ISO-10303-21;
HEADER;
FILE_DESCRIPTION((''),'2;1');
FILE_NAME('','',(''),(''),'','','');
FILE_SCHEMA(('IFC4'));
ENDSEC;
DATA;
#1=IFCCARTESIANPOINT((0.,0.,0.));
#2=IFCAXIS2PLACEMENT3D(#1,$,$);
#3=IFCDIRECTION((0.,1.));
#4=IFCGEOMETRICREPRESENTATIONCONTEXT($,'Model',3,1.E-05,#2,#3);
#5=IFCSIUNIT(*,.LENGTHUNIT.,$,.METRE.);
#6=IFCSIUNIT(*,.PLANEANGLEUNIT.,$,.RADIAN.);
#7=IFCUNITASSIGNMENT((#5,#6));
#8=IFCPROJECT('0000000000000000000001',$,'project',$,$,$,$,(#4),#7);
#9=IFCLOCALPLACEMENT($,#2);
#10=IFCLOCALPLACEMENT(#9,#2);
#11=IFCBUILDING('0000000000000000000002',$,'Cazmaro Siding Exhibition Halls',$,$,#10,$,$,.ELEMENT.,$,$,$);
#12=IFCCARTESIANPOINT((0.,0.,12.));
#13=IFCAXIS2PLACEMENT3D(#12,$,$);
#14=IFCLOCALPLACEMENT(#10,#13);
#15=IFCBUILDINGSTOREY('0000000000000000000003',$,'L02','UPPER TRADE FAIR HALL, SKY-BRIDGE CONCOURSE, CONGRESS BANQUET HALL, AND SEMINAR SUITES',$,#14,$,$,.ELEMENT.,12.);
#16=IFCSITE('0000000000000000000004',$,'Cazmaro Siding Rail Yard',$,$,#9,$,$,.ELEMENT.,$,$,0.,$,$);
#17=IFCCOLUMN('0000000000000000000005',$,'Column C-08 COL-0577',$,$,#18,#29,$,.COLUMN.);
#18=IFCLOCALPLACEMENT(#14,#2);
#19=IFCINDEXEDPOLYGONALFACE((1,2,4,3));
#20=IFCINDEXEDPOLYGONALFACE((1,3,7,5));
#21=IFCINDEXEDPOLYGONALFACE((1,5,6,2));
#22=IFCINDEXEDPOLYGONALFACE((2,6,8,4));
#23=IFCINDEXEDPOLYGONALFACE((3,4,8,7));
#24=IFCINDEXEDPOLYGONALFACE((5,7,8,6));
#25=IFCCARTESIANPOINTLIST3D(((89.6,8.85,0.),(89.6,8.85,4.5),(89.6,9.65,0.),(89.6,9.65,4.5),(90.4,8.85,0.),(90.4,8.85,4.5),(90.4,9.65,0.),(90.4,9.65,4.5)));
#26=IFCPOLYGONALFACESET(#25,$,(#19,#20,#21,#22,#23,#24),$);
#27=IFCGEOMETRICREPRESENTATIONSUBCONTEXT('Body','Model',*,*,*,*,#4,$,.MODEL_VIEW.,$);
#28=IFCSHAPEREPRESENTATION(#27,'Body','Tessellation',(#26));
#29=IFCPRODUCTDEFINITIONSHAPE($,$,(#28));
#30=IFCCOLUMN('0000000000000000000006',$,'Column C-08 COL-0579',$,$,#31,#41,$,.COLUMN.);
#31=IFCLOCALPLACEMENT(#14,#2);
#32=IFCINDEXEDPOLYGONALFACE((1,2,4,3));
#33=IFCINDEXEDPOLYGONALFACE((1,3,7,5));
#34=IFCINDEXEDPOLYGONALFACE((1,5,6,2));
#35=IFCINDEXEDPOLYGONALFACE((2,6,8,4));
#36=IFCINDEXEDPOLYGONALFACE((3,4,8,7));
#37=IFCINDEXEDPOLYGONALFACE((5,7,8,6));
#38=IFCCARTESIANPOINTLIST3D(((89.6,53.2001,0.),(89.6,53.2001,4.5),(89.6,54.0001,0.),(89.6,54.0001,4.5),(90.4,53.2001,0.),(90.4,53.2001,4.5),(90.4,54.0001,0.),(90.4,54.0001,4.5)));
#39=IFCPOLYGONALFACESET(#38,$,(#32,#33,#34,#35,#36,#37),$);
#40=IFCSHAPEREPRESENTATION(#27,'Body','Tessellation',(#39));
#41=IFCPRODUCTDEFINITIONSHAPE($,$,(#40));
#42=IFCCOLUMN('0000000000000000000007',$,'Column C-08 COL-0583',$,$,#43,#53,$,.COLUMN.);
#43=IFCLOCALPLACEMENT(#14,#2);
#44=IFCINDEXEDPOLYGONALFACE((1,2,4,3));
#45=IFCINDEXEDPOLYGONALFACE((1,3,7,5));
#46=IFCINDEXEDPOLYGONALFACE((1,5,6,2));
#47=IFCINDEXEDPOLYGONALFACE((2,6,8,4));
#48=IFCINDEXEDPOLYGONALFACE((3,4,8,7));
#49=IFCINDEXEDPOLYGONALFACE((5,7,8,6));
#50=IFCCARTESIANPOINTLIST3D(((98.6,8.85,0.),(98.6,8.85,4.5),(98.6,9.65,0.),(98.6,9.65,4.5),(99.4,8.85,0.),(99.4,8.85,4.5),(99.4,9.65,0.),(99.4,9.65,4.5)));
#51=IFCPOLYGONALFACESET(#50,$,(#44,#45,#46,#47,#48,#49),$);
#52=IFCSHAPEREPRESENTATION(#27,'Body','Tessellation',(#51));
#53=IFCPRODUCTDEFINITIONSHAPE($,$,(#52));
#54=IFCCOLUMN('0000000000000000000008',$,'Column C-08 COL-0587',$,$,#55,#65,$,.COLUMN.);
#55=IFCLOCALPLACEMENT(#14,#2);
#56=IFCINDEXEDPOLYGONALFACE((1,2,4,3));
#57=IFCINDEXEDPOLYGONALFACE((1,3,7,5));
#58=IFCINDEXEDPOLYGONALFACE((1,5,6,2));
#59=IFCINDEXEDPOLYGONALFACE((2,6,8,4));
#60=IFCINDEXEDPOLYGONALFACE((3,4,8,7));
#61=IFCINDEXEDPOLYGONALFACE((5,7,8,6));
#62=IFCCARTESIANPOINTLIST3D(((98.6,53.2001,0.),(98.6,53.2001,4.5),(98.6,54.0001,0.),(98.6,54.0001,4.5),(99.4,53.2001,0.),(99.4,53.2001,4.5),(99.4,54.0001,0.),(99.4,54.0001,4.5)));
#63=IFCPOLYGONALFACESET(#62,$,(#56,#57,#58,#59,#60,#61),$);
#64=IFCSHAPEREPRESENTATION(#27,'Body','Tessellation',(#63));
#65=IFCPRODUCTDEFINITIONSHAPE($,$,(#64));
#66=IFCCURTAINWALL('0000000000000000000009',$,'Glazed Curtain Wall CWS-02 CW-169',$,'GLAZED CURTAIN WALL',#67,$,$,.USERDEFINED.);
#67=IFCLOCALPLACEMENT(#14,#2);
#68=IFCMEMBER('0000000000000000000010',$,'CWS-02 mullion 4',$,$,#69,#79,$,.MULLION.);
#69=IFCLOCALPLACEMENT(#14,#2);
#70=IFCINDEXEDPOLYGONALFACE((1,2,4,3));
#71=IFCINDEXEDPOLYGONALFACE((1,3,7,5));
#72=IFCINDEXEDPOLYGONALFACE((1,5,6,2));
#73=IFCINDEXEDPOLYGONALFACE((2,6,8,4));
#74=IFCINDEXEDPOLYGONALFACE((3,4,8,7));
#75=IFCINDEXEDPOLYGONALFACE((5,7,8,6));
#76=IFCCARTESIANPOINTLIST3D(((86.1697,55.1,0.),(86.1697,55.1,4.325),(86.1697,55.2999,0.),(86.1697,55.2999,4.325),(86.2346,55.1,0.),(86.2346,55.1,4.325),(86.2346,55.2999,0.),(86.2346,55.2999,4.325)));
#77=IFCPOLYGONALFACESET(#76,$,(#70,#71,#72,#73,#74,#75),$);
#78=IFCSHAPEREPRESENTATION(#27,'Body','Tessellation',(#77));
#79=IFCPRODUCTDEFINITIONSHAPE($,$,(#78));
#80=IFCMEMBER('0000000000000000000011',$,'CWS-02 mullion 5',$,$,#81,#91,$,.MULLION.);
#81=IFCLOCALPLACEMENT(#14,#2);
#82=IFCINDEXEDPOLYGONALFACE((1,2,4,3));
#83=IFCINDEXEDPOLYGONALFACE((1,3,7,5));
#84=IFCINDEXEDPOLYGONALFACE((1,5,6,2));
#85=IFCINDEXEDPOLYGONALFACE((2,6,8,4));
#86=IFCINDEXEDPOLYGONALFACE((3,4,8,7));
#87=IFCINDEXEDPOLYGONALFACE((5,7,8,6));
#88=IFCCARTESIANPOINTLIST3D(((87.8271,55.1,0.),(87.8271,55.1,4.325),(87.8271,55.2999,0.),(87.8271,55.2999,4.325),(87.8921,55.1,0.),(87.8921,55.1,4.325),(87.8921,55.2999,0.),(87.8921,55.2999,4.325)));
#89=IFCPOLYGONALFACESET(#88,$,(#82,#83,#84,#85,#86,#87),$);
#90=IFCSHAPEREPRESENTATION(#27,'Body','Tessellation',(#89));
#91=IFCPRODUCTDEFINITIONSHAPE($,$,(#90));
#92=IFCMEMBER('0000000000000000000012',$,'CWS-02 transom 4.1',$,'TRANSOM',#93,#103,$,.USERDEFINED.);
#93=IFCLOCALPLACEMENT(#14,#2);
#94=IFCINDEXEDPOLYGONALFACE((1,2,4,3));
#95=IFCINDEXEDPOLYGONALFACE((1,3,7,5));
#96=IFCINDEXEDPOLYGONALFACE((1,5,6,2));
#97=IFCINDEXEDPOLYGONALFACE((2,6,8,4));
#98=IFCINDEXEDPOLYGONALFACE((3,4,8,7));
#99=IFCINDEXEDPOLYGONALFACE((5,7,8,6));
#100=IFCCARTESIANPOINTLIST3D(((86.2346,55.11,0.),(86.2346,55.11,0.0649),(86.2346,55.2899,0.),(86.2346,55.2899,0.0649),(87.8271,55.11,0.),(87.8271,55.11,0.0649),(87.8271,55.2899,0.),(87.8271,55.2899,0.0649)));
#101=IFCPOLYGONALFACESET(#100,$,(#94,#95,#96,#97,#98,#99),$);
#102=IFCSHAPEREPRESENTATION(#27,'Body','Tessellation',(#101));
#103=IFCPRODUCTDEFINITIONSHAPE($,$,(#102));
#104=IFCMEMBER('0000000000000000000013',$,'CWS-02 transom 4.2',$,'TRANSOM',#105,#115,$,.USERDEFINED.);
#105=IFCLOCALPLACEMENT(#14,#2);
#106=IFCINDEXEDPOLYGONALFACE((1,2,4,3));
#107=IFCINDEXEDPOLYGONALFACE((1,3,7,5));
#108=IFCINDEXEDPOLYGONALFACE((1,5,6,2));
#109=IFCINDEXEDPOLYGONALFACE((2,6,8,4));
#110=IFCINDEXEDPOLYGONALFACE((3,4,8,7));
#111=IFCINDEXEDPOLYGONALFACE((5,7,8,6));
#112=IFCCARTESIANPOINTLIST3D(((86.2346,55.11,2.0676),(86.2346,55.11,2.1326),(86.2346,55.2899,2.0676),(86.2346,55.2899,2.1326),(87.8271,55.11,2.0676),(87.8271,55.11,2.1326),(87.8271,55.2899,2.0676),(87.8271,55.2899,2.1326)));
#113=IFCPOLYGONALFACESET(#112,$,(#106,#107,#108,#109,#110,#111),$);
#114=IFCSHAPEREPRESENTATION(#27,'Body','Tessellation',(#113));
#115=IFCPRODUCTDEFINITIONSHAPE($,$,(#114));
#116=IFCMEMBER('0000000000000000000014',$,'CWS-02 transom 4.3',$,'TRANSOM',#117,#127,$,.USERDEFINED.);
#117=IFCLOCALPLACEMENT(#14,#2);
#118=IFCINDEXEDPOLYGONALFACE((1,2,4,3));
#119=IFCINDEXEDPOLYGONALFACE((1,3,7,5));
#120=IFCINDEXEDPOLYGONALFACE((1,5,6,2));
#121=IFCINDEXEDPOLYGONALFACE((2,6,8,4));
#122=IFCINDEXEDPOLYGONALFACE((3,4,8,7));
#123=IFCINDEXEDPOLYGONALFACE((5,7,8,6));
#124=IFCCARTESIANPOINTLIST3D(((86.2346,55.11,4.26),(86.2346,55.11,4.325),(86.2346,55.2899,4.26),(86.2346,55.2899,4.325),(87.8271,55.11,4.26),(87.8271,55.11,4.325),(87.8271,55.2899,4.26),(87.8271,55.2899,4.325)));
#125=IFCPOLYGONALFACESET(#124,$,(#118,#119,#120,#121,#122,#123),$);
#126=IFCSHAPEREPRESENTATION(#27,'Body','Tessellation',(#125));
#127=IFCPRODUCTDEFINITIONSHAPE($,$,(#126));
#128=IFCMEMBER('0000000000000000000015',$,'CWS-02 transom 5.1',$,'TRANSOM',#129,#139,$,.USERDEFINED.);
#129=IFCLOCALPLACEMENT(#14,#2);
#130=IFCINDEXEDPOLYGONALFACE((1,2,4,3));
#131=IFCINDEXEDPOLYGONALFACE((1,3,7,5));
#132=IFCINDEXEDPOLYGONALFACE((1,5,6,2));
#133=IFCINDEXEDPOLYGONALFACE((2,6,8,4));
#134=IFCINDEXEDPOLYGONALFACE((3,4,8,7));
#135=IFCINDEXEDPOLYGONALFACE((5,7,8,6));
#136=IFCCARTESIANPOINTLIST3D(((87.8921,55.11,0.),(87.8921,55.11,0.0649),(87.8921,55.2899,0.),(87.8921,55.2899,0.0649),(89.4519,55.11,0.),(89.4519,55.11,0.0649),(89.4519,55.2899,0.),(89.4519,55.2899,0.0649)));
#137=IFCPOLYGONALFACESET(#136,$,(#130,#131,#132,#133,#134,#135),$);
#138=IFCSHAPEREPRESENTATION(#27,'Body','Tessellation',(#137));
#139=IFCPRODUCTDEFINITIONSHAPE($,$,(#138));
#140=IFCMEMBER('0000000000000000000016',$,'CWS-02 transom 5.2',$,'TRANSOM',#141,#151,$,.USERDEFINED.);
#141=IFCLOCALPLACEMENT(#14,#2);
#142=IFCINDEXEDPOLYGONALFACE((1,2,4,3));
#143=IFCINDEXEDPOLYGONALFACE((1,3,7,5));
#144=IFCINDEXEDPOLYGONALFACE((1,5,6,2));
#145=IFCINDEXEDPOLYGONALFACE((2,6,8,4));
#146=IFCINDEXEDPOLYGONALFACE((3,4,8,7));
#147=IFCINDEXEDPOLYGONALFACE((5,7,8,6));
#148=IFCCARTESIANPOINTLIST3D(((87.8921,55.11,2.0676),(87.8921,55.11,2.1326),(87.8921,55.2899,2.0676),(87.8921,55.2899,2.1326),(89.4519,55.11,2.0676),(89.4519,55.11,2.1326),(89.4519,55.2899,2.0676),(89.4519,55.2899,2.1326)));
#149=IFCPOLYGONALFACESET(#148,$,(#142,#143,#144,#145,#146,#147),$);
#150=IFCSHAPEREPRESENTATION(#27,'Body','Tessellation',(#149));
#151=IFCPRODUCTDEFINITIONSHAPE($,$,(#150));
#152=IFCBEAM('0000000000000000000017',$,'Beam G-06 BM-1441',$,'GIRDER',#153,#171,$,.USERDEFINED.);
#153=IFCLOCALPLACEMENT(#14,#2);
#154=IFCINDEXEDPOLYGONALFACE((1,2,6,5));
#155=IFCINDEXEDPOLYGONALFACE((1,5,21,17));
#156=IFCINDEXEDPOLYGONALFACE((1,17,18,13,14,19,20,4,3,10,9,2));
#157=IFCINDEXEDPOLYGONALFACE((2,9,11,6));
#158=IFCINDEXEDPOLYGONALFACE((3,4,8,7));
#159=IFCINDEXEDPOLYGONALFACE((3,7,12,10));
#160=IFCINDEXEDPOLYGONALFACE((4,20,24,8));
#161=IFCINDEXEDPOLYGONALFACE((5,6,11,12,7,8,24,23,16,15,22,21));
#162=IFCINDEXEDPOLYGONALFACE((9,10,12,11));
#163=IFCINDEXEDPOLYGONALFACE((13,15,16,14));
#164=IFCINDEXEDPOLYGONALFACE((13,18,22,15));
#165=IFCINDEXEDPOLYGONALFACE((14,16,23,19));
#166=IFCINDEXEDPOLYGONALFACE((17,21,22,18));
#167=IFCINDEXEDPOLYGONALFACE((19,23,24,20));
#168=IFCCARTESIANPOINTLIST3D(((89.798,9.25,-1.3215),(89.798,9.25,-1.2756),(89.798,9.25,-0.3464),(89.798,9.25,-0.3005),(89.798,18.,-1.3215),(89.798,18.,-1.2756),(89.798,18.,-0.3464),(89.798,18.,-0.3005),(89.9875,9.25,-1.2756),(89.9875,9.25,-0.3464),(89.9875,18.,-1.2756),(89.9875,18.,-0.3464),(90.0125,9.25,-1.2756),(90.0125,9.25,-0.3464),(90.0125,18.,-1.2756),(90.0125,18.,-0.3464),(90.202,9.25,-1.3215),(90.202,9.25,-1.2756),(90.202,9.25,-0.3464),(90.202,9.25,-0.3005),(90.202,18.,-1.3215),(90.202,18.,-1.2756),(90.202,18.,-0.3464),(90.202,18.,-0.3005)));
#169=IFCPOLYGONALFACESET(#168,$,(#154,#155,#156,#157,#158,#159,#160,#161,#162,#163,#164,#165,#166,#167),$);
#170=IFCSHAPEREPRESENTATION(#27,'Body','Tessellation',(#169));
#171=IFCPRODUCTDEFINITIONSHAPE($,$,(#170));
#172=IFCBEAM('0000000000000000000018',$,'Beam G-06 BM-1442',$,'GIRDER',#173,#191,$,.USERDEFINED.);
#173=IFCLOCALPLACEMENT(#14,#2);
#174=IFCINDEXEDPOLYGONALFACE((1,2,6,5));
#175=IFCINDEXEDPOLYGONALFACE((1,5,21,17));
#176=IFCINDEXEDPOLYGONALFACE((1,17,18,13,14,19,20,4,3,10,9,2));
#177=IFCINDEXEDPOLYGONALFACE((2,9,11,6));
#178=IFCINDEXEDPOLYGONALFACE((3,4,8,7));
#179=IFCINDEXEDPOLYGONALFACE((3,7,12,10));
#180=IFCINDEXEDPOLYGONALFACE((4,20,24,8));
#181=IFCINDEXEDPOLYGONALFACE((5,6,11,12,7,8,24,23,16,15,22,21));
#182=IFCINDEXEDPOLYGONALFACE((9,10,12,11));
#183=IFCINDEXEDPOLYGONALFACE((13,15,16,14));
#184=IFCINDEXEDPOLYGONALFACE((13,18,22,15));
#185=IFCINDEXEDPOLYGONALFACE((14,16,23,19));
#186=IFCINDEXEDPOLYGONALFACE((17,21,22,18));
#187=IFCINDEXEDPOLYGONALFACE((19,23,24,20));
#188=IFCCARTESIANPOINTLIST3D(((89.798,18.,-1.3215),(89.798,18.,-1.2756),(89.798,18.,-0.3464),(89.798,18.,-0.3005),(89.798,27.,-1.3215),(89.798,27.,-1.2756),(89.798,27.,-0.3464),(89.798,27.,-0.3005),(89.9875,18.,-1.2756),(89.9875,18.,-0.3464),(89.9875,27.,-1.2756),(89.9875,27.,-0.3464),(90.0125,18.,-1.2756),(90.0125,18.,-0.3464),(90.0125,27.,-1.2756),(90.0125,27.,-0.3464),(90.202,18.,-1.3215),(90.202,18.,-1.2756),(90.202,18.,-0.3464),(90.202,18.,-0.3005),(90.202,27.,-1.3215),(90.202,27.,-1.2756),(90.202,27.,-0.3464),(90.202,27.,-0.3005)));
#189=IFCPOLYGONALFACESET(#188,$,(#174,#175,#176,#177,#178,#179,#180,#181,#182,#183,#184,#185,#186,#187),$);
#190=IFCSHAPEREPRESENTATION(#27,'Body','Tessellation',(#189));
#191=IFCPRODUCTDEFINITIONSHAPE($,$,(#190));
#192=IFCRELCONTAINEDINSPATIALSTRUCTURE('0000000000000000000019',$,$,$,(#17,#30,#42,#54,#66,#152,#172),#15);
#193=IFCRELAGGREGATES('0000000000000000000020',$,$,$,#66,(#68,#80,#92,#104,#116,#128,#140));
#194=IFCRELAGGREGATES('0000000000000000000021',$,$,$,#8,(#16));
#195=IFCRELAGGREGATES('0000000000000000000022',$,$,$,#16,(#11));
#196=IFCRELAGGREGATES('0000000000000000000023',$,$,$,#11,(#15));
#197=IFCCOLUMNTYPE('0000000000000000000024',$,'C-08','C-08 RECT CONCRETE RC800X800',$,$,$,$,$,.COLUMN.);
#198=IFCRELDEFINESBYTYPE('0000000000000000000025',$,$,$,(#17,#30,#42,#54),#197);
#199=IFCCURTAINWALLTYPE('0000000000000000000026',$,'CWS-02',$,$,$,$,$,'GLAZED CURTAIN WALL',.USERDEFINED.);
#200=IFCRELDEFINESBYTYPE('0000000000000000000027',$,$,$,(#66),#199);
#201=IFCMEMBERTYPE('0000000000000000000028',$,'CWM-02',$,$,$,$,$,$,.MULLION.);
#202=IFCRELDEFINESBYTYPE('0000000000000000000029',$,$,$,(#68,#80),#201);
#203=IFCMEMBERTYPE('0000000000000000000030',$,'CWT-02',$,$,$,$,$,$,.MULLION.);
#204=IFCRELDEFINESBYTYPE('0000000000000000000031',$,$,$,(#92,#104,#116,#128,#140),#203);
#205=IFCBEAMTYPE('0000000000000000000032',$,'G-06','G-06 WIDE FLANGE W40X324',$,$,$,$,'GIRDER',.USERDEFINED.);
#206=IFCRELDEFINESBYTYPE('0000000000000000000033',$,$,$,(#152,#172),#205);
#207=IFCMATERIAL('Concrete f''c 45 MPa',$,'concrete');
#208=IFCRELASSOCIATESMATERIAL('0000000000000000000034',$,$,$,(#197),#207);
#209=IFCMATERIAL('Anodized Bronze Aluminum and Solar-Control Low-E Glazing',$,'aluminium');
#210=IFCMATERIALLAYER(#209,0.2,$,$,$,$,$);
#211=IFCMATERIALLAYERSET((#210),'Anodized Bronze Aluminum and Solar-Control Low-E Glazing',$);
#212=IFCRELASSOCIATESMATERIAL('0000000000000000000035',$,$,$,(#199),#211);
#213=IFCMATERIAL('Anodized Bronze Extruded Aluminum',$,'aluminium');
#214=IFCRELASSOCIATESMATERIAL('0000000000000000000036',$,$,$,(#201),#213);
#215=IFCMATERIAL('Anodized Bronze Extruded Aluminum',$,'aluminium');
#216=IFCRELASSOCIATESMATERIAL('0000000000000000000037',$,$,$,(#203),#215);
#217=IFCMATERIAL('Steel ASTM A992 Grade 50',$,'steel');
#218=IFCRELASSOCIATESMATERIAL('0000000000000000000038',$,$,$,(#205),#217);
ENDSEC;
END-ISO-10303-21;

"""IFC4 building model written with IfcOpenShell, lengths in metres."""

from ifc_helpers import new_model, si_unit, direction, frame, origin, origin_2d, place, context, subcontext, project, spatial, rectangle, i_section, extrude, material, layer, layer_set, material_profile, profile_set, type_object, element, aggregate, save


model = new_model("IFC4")

# Units and contexts
model_context = context("Model", 3, precision=1e-05, world=origin(), true_north=direction((0.0, 1.0)))
body_context = subcontext(model_context, "Body", "Model", "MODEL_VIEW")
ifc_project = project(units=[si_unit("LENGTHUNIT", "METRE"), si_unit("PLANEANGLEUNIT", "RADIAN")], contexts=[model_context])

# Site, building, storey
site_placement = place(None, origin())
site = spatial("IfcSite", under=ifc_project, at=site_placement, Name="Cazmaro Siding Rail Yard", CompositionType="ELEMENT", RefElevation=0.0)
building_placement = place(site_placement, origin())
building = spatial("IfcBuilding", under=site, at=building_placement, Name="Cazmaro Siding Exhibition Halls", CompositionType="ELEMENT")
storey_placement = place(building_placement, frame((0.0, 0.0, 12.0)))
storey = spatial("IfcBuildingStorey", under=building, at=storey_placement, Name="L02", Description="UPPER TRADE FAIR HALL, SKY-BRIDGE CONCOURSE, CONGRESS BANQUET HALL, AND SEMINAR SUITES", CompositionType="ELEMENT", Elevation=12.0)

# Columns
ifc_material_1 = material(Name="Concrete f'c 45 MPa", Category="concrete")
ifc_material_profile_1 = material_profile(ifc_material_1, rectangle(XDim=0.8, YDim=0.8, at=origin_2d()), Name="RC800X800")
ifc_profile_set_1 = profile_set([ifc_material_profile_1], Name="Concrete f'c 45 MPa")
column_type = type_object("IfcColumnType", Name="C-08", Description="C-08 RECT CONCRETE RC800X800", PredefinedType="COLUMN", material=ifc_profile_set_1)
for number, where, z_axis, x_axis, name in (
    (1, (90.0, 9.25, 0.0), (0.0, 0.0, 1.0), (1.0, 0.0, 0.0), "Column C-08 COL-0577"),
    (2, (90.0, 53.6001, 0.0), (0.0, 0.0, 1.0), (1.0, 0.0, 0.0), "Column C-08 COL-0579"),
    (3, (99.0, 9.25, 0.0), (0.0, 0.0, 1.0), (1.0, 0.0, 0.0), "Column C-08 COL-0583"),
    (4, (99.0, 53.6001, 0.0), (0.0, 0.0, 1.0), (1.0, 0.0, 0.0), "Column C-08 COL-0587"),
):
    element("IfcColumn", number, at=place(storey_placement, frame(where, z_axis=z_axis, x_axis=x_axis)), inside=storey, type_object=column_type, Name=name, PredefinedType="COLUMN", context=body_context, shape_type="SweptSolid", body=[
        extrude(rectangle(XDim=0.8, YDim=0.8, at=origin_2d()), origin(), (0.0, 0.0, 1.0), 4.5),
    ])

# Curtain wall, members
ifc_material_2 = material(Name="Anodized Bronze Aluminum and Solar-Control Low-E Glazing", Category="aluminium")
ifc_layer_1 = layer(ifc_material_2, 0.2)
ifc_layer_set_1 = layer_set([ifc_layer_1], Name="Anodized Bronze Aluminum and Solar-Control Low-E Glazing")
curtain_wall_type = type_object("IfcCurtainWallType", Name="CWS-02", ElementType="GLAZED CURTAIN WALL", PredefinedType="USERDEFINED", material=ifc_layer_set_1)
curtain_wall_placement = place(storey_placement, origin())
curtain_wall = element("IfcCurtainWall", 5, at=curtain_wall_placement, inside=storey, type_object=curtain_wall_type, Name="Glazed Curtain Wall CWS-02 CW-169", ObjectType="GLAZED CURTAIN WALL", PredefinedType="USERDEFINED")
ifc_material_3 = material(Name="Anodized Bronze Extruded Aluminum", Category="aluminium")
ifc_material_profile_2 = material_profile(ifc_material_3, rectangle(XDim=0.2, YDim=0.0649, at=origin_2d()), Name="CWM-02")
ifc_profile_set_2 = profile_set([ifc_material_profile_2], Name="Anodized Bronze Extruded Aluminum")
member_type_1 = type_object("IfcMemberType", Name="CWM-02", PredefinedType="MULLION", material=ifc_profile_set_2)
member_1_placement = place(storey_placement, frame((86.2021, 55.2, 0.0), z_axis=(0.0, 0.0, 1.0), x_axis=(0.0, 1.0, 0.0)))
member_1 = element("IfcMember", 6, at=member_1_placement, type_object=member_type_1, Name="CWS-02 mullion 4", PredefinedType="MULLION", context=body_context, shape_type="SweptSolid", body=[
    extrude(rectangle(XDim=0.2, YDim=0.0649, at=origin_2d()), origin(), (0.0, 0.0, 1.0), 4.325),
])
member_2_placement = place(storey_placement, frame((87.8596, 55.2, 0.0), z_axis=(0.0, 0.0, 1.0), x_axis=(0.0, 1.0, 0.0)))
member_2 = element("IfcMember", 7, at=member_2_placement, type_object=member_type_1, Name="CWS-02 mullion 5", PredefinedType="MULLION", context=body_context, shape_type="SweptSolid", body=[
    extrude(rectangle(XDim=0.2, YDim=0.0649, at=origin_2d()), origin(), (0.0, 0.0, 1.0), 4.325),
])
ifc_material_4 = material(Name="Anodized Bronze Extruded Aluminum", Category="aluminium")
ifc_material_profile_3 = material_profile(ifc_material_4, rectangle(XDim=0.1799, YDim=0.0649, at=origin_2d()), Name="CWT-02")
ifc_profile_set_3 = profile_set([ifc_material_profile_3], Name="Anodized Bronze Extruded Aluminum")
member_type_2 = type_object("IfcMemberType", Name="CWT-02", PredefinedType="MULLION", material=ifc_profile_set_3)
member_3_placement = place(storey_placement, frame((86.2346, 55.2, 0.0325), z_axis=(1.0, 0.0, 0.0), x_axis=(0.0, 1.0, 0.0)))
member_3 = element("IfcMember", 8, at=member_3_placement, type_object=member_type_2, Name="CWS-02 transom 4.1", ObjectType="TRANSOM", PredefinedType="USERDEFINED", context=body_context, shape_type="SweptSolid", body=[
    extrude(rectangle(XDim=0.1799, YDim=0.0649, at=origin_2d()), origin(), (0.0, 0.0, 1.0), 1.5925),
])
member_4_placement = place(storey_placement, frame((86.2346, 55.2, 2.1001), z_axis=(1.0, 0.0, 0.0), x_axis=(0.0, 1.0, 0.0)))
member_4 = element("IfcMember", 9, at=member_4_placement, type_object=member_type_2, Name="CWS-02 transom 4.2", ObjectType="TRANSOM", PredefinedType="USERDEFINED", context=body_context, shape_type="SweptSolid", body=[
    extrude(rectangle(XDim=0.1799, YDim=0.0649, at=origin_2d()), origin(), (0.0, 0.0, 1.0), 1.5925),
])
member_5_placement = place(storey_placement, frame((86.2346, 55.2, 4.2925), z_axis=(1.0, 0.0, 0.0), x_axis=(0.0, 1.0, 0.0)))
member_5 = element("IfcMember", 10, at=member_5_placement, type_object=member_type_2, Name="CWS-02 transom 4.3", ObjectType="TRANSOM", PredefinedType="USERDEFINED", context=body_context, shape_type="SweptSolid", body=[
    extrude(rectangle(XDim=0.1799, YDim=0.0649, at=origin_2d()), origin(), (0.0, 0.0, 1.0), 1.5925),
])
member_6_placement = place(storey_placement, frame((87.8921, 55.2, 0.0325), z_axis=(1.0, 0.0, 0.0), x_axis=(0.0, 1.0, 0.0)))
member_6 = element("IfcMember", 11, at=member_6_placement, type_object=member_type_2, Name="CWS-02 transom 5.1", ObjectType="TRANSOM", PredefinedType="USERDEFINED", context=body_context, shape_type="SweptSolid", body=[
    extrude(rectangle(XDim=0.1799, YDim=0.0649, at=origin_2d()), origin(), (0.0, 0.0, 1.0), 1.5598),
])
member_7_placement = place(storey_placement, frame((87.8921, 55.2, 2.1001), z_axis=(1.0, 0.0, 0.0), x_axis=(0.0, 1.0, 0.0)))
member_7 = element("IfcMember", 12, at=member_7_placement, type_object=member_type_2, Name="CWS-02 transom 5.2", ObjectType="TRANSOM", PredefinedType="USERDEFINED", context=body_context, shape_type="SweptSolid", body=[
    extrude(rectangle(XDim=0.1799, YDim=0.0649, at=origin_2d()), origin(), (0.0, 0.0, 1.0), 1.5598),
])

# Beams
ifc_material_5 = material(Name="Steel ASTM A992 Grade 50", Category="steel")
ifc_material_profile_4 = material_profile(ifc_material_5, i_section(OverallWidth=0.4041, OverallDepth=1.021, WebThickness=0.0249, FlangeThickness=0.0459, at=origin_2d()), Name="W40X324")
ifc_profile_set_4 = profile_set([ifc_material_profile_4], Name="Steel ASTM A992 Grade 50")
beam_type_1 = type_object("IfcBeamType", Name="G-06", Description="G-06 WIDE FLANGE W40X324", ElementType="GIRDER", PredefinedType="USERDEFINED", material=ifc_profile_set_4)
beam_1_placement = place(storey_placement, frame((90.0, 9.25, -0.811), z_axis=(0.0, 1.0, 0.0), x_axis=(-1.0, 0.0, 0.0)))
element("IfcBeam", 13, at=beam_1_placement, inside=storey, type_object=beam_type_1, Name="Beam G-06 BM-1441", ObjectType="GIRDER", PredefinedType="USERDEFINED", context=body_context, shape_type="SweptSolid", body=[
    extrude(i_section(OverallWidth=0.4041, OverallDepth=1.021, WebThickness=0.0249, FlangeThickness=0.0459, at=origin_2d()), origin(), (0.0, 0.0, 1.0), 8.75),
])
for number, where, z_axis, x_axis, name in (
    (14, (90.0, 18.0, -0.811), (0.0, 1.0, 0.0), (-1.0, 0.0, 0.0), "Beam G-06 BM-1442"),
):
    element("IfcBeam", number, at=place(storey_placement, frame(where, z_axis=z_axis, x_axis=x_axis)), inside=storey, type_object=beam_type_1, Name=name, ObjectType="GIRDER", PredefinedType="USERDEFINED", context=body_context, shape_type="SweptSolid", body=[
        extrude(i_section(OverallWidth=0.4041, OverallDepth=1.021, WebThickness=0.0249, FlangeThickness=0.0459, at=origin_2d()), origin(), (0.0, 0.0, 1.0), 9.0),
    ])

aggregate(curtain_wall, [member_1, member_2, member_3, member_4, member_5, member_6, member_7])

save(model, "model.ifc")
